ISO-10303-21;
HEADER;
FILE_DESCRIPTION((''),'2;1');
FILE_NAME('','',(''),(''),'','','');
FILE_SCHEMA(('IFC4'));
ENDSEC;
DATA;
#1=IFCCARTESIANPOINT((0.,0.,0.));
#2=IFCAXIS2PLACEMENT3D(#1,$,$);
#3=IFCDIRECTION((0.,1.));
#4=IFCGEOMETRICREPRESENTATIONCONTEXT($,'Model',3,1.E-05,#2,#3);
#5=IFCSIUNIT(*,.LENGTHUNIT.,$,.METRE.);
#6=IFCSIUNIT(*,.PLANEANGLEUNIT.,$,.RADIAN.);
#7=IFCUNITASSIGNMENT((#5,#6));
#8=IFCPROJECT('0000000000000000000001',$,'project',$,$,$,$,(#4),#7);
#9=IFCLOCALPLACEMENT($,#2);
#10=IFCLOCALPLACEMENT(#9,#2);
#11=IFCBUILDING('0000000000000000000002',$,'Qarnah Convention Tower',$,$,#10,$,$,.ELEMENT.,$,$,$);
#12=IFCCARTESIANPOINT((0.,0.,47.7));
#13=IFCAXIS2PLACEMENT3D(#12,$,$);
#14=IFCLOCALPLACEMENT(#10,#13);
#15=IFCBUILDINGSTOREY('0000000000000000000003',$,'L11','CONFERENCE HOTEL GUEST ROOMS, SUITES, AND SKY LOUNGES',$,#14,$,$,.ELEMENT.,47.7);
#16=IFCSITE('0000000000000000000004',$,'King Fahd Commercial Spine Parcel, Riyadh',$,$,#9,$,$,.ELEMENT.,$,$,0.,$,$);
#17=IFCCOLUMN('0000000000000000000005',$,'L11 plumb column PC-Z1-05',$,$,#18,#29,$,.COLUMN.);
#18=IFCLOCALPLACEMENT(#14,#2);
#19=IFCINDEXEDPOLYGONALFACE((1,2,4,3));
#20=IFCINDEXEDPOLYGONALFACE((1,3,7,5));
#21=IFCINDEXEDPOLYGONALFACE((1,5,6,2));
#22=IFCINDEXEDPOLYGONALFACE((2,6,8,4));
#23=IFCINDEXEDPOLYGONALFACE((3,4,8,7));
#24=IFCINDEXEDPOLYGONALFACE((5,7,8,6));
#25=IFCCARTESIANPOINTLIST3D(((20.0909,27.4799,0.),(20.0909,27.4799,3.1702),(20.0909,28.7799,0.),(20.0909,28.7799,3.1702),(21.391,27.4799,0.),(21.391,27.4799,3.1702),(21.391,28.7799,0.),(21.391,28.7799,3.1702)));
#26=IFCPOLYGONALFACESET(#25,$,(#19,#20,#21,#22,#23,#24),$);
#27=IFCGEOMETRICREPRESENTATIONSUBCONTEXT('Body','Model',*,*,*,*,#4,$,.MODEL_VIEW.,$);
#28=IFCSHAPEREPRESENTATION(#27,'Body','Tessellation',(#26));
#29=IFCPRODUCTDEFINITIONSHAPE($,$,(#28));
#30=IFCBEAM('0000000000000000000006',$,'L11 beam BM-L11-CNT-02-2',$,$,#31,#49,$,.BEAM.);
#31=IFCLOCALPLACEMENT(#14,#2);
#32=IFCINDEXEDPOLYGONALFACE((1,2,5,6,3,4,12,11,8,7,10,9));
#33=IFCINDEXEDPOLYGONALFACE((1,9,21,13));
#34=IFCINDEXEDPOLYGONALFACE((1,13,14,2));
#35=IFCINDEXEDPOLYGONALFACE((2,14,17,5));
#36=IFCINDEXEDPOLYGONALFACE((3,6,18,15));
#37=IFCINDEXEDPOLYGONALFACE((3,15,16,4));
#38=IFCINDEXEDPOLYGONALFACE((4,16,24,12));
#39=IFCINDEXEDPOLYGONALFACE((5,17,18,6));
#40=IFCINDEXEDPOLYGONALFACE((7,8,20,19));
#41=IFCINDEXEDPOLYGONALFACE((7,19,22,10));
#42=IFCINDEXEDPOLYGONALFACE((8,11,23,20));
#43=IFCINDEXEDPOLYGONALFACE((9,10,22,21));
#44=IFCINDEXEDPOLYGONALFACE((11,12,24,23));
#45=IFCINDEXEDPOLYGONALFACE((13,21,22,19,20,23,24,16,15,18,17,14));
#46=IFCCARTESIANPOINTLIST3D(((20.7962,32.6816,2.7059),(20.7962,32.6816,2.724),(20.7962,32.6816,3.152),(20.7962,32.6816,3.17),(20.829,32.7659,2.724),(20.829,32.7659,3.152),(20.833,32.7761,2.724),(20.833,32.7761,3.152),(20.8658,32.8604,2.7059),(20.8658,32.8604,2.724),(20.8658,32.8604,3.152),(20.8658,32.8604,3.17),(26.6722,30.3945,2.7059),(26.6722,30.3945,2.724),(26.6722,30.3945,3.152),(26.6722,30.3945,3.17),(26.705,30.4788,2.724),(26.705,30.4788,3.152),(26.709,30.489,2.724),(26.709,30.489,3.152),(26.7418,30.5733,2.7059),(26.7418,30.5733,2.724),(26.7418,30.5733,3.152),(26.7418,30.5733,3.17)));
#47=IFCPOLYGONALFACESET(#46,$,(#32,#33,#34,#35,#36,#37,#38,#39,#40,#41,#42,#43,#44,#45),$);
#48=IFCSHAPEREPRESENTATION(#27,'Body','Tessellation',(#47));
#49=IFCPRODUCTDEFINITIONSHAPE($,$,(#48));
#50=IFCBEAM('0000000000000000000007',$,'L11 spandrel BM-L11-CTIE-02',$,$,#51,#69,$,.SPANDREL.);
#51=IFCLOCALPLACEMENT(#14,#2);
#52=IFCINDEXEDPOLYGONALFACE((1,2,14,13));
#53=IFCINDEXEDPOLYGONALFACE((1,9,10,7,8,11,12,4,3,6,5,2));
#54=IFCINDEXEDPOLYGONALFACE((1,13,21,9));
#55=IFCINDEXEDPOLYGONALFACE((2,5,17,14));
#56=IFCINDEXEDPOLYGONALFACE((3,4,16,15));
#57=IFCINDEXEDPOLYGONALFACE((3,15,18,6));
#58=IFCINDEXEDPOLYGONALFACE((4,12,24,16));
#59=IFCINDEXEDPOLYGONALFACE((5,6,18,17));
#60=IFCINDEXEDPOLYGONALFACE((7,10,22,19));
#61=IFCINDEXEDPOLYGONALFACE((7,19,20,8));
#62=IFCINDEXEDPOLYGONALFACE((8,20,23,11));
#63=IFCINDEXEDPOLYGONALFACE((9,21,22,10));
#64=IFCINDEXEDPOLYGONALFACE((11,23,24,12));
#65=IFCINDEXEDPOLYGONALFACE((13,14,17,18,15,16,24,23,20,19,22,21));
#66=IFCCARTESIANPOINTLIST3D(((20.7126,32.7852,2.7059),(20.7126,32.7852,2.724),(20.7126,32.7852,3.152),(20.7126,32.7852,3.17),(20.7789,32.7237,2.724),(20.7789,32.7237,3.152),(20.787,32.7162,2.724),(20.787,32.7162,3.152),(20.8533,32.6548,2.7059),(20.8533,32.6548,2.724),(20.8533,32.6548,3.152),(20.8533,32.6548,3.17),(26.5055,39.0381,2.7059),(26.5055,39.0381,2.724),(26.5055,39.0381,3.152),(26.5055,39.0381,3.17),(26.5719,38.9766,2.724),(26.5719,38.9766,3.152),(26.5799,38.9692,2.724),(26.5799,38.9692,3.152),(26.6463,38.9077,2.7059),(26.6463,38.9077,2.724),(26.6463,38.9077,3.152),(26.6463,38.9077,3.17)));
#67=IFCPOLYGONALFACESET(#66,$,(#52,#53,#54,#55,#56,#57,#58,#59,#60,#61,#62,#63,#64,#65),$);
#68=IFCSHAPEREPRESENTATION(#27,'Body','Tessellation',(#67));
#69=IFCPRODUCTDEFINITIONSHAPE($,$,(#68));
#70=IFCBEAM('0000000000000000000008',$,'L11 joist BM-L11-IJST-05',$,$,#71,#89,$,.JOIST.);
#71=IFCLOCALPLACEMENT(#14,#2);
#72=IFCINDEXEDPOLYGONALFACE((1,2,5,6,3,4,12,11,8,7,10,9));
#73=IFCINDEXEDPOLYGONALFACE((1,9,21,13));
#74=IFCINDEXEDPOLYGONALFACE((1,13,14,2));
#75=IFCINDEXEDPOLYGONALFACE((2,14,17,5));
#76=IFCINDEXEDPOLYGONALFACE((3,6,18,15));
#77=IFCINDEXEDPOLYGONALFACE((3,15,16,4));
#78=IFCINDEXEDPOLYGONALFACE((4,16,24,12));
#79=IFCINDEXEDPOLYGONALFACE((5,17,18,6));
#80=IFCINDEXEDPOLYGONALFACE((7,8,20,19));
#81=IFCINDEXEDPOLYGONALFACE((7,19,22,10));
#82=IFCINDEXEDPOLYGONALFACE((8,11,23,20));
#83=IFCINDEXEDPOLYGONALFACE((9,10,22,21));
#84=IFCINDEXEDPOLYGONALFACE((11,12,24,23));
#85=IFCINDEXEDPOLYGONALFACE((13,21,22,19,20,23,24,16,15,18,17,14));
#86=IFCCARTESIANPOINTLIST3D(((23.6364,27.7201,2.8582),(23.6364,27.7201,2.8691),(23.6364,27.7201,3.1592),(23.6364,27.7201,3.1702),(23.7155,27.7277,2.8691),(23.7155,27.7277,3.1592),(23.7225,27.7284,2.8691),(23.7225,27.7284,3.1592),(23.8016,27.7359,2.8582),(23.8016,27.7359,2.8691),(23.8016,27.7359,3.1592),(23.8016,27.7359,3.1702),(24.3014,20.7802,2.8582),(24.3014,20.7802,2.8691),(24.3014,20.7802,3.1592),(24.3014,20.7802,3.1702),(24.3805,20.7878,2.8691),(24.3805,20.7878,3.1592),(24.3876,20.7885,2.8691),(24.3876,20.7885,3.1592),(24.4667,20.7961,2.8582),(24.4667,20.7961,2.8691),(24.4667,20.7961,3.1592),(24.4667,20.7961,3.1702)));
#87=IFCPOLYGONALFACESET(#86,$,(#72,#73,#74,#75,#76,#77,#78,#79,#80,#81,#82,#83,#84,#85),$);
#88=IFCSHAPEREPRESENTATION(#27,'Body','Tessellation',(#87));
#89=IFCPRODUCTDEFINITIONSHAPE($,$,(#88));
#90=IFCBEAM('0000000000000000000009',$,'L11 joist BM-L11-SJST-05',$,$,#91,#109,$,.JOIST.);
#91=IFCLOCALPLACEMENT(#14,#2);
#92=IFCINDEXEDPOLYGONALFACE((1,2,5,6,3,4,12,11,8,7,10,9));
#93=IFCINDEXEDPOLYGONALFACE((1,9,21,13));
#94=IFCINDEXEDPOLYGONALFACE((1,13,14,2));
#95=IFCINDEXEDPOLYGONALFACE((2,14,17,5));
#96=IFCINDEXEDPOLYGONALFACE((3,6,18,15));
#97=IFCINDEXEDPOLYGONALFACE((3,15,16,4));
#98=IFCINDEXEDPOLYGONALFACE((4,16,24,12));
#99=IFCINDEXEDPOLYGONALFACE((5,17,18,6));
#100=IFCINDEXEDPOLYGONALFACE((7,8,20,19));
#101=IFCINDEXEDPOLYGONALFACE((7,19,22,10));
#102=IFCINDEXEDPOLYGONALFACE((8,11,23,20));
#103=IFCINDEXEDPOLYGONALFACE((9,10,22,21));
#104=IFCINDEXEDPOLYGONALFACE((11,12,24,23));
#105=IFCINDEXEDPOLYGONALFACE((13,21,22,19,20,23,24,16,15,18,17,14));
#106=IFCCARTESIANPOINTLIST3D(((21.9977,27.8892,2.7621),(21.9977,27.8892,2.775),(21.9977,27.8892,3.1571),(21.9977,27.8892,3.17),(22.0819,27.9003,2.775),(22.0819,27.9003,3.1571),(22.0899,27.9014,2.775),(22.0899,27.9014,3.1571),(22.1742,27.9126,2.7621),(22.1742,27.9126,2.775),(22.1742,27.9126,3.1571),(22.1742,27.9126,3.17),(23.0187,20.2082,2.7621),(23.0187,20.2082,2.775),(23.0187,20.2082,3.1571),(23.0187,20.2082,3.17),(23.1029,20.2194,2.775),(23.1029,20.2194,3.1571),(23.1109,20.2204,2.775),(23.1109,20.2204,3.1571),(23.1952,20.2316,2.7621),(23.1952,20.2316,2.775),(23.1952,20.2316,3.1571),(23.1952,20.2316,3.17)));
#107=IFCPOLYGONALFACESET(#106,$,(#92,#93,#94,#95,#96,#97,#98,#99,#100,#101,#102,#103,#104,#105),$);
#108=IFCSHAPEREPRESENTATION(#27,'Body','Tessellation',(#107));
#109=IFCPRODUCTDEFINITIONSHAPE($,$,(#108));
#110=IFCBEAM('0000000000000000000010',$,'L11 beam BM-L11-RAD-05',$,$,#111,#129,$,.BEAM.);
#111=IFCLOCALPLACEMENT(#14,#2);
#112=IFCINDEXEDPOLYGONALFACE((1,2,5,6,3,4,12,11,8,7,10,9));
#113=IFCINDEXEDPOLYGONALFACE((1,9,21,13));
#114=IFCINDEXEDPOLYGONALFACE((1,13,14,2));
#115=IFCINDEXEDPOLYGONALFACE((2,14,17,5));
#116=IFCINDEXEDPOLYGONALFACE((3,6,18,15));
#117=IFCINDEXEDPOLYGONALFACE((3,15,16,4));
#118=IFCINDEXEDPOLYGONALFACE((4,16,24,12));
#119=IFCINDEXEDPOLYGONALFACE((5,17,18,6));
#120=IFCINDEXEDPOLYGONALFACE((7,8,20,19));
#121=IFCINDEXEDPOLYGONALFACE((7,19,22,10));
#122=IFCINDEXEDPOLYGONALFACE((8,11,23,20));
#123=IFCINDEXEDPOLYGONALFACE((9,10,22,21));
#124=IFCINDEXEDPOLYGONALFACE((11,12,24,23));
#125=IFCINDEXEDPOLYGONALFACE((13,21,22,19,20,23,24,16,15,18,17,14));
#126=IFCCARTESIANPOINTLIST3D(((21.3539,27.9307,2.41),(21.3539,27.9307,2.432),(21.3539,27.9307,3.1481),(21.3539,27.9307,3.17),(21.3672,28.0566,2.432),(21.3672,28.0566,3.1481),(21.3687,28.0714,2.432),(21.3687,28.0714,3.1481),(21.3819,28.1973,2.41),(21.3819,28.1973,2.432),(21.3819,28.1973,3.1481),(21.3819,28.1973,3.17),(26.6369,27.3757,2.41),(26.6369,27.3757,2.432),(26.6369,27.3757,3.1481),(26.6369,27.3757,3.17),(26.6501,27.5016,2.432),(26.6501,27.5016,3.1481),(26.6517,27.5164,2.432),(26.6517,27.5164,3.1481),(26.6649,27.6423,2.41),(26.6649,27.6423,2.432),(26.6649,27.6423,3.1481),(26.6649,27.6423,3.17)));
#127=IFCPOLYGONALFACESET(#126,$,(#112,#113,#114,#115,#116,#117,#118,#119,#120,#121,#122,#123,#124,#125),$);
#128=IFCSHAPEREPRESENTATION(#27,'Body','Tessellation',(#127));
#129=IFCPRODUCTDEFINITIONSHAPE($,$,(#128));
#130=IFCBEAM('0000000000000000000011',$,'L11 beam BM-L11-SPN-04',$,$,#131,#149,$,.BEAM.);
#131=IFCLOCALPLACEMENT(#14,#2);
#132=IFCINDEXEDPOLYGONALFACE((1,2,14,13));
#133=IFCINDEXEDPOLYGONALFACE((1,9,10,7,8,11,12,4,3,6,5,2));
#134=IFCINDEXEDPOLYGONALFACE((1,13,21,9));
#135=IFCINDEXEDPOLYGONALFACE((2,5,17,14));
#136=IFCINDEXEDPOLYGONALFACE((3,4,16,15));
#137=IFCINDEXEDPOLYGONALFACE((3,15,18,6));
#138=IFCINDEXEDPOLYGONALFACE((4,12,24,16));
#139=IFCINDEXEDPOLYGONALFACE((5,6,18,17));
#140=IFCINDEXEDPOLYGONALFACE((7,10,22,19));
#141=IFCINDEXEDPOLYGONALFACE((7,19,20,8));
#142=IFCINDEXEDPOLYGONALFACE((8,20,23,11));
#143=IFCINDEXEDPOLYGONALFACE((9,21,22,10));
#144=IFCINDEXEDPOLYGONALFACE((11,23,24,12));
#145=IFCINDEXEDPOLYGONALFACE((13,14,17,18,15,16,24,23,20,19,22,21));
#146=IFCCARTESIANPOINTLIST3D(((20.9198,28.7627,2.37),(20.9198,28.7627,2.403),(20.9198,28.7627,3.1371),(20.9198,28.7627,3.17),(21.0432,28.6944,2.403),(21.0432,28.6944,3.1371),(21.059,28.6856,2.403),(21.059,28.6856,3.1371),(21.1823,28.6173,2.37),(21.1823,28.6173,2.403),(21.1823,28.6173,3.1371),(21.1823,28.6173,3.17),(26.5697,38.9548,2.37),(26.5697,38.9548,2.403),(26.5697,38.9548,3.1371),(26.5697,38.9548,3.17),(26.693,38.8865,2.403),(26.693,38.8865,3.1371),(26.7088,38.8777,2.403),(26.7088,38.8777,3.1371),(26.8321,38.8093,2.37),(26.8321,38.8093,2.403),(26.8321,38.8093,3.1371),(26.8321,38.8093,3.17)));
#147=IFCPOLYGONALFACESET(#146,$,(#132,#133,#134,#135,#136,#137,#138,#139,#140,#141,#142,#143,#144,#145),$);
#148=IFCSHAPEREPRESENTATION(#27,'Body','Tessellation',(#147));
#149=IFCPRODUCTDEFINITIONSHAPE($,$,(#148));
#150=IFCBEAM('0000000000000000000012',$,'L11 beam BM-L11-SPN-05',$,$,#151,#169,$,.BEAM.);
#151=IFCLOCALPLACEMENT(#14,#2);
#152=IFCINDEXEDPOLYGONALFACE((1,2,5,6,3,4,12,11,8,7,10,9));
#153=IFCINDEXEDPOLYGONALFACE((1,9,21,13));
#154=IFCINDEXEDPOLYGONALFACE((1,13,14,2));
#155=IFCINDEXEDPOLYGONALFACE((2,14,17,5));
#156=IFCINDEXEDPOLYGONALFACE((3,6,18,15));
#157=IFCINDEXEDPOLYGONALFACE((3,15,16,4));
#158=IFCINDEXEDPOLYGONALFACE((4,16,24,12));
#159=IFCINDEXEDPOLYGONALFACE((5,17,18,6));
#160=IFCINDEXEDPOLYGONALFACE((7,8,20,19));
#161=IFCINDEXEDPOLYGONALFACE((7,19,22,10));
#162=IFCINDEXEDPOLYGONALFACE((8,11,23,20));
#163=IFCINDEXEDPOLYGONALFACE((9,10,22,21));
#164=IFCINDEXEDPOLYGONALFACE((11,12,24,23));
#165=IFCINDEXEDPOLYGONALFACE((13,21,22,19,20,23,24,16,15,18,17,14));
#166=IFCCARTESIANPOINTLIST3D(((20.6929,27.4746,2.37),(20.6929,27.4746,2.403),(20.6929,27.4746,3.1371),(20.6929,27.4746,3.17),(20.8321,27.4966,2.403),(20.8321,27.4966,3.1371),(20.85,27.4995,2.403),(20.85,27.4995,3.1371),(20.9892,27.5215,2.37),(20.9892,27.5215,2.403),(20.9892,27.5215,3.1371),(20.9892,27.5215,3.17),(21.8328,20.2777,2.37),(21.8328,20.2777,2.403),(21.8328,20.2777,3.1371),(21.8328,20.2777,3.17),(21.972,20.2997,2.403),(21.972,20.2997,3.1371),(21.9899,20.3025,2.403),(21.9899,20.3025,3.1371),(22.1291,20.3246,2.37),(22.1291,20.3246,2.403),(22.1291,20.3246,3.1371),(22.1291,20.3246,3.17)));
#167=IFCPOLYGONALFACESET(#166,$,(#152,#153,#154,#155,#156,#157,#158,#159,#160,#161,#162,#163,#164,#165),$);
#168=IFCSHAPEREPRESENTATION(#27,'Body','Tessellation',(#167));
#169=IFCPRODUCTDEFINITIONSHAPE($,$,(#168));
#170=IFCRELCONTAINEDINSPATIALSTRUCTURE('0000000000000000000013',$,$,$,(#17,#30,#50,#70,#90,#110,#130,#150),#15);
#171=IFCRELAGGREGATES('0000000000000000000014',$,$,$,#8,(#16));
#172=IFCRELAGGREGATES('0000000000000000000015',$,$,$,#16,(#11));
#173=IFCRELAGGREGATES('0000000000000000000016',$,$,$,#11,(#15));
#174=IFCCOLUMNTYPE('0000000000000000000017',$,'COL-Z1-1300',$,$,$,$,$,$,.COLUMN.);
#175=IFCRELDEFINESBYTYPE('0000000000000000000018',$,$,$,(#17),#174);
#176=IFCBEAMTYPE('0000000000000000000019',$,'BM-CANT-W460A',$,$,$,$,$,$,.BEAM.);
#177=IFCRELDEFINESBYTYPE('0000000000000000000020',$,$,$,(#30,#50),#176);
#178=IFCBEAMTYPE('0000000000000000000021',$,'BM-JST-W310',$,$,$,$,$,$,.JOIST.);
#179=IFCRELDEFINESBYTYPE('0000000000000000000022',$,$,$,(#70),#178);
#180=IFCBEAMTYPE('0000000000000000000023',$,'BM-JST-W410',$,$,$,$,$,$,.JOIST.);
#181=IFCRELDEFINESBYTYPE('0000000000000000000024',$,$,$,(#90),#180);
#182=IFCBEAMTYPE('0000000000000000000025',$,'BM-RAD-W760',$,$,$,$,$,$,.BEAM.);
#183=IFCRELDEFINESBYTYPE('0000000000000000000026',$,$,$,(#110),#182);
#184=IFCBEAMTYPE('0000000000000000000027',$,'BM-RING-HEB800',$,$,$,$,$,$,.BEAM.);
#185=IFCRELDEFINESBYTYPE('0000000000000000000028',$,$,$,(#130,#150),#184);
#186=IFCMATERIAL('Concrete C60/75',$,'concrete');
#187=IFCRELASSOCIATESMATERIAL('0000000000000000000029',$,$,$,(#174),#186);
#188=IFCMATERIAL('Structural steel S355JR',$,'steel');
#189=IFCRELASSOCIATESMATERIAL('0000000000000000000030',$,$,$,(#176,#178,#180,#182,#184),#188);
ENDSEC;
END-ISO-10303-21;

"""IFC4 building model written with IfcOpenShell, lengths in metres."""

from ifc_helpers import new_model, si_unit, direction, frame, origin, origin_2d, place, context, subcontext, project, spatial, rectangle, i_section, extrude, material, material_profile, profile_set, type_object, element, save


model = new_model("IFC4")

# Units and contexts
model_context = context("Model", 3, precision=1e-05, world=origin(), true_north=direction((0.0, 1.0)))
body_context = subcontext(model_context, "Body", "Model", "MODEL_VIEW")
ifc_project = project(units=[si_unit("LENGTHUNIT", "METRE"), si_unit("PLANEANGLEUNIT", "RADIAN")], contexts=[model_context])

# Site, building, storey
site_placement = place(None, origin())
site = spatial("IfcSite", under=ifc_project, at=site_placement, Name="King Fahd Commercial Spine Parcel, Riyadh", CompositionType="ELEMENT", RefElevation=0.0)
building_placement = place(site_placement, origin())
building = spatial("IfcBuilding", under=site, at=building_placement, Name="Qarnah Convention Tower", CompositionType="ELEMENT")
storey_placement = place(building_placement, frame((0.0, 0.0, 47.7)))
storey = spatial("IfcBuildingStorey", under=building, at=storey_placement, Name="L11", Description="CONFERENCE HOTEL GUEST ROOMS, SUITES, AND SKY LOUNGES", CompositionType="ELEMENT", Elevation=47.7)

# Column
ifc_material_1 = material(Name="Concrete C60/75", Category="concrete")
ifc_material_profile_1 = material_profile(ifc_material_1, rectangle(XDim=1.3, YDim=1.3, at=origin_2d()), Name="RC-COL-1300X1300")
ifc_profile_set_1 = profile_set([ifc_material_profile_1], Name="Concrete C60/75")
column_type = type_object("IfcColumnType", Name="COL-Z1-1300", PredefinedType="COLUMN", material=ifc_profile_set_1)
column_placement = place(storey_placement, frame((20.741, 28.1299, 0.0), z_axis=(0.0, 0.0, 1.0), x_axis=(1.0, 0.0, 0.0)))
element("IfcColumn", 1, at=column_placement, inside=storey, type_object=column_type, Name="L11 plumb column PC-Z1-05", PredefinedType="COLUMN", context=body_context, shape_type="SweptSolid", body=[
    extrude(rectangle(XDim=1.3, YDim=1.3, at=origin_2d()), origin(), (0.0, 0.0, 1.0), 3.1702),
])

# Beams
ifc_material_2 = material(Name="Structural steel S355JR", Category="steel")
ifc_material_profile_2 = material_profile(ifc_material_2, i_section(OverallWidth=0.1919, OverallDepth=0.4641, WebThickness=0.011, FlangeThickness=0.0181, at=origin_2d()), Name="W460X89")
ifc_profile_set_2 = profile_set([ifc_material_profile_2], Name="Structural steel S355JR")
beam_type_1 = type_object("IfcBeamType", Name="BM-CANT-W460A", PredefinedType="BEAM", material=ifc_profile_set_2)
beam_1_placement = place(storey_placement, frame((26.707, 30.4839, 2.938), z_axis=(-0.931897, 0.362723, 0.0), x_axis=(-0.362723, -0.931897, 0.0)))
element("IfcBeam", 2, at=beam_1_placement, inside=storey, type_object=beam_type_1, Name="L11 beam BM-L11-CNT-02-2", PredefinedType="BEAM", context=body_context, shape_type="SweptSolid", body=[
    extrude(i_section(OverallWidth=0.1919, OverallDepth=0.4641, WebThickness=0.011, FlangeThickness=0.0181, at=origin_2d()), origin(), (0.0, 0.0, 1.0), 6.3054),
])
beam_2_placement = place(storey_placement, frame((20.783, 32.72, 2.938), z_axis=(0.679611, 0.733572, 0.0), x_axis=(-0.733572, 0.679611, 0.0)))
element("IfcBeam", 3, at=beam_2_placement, inside=storey, type_object=beam_type_1, Name="L11 spandrel BM-L11-CTIE-02", PredefinedType="SPANDREL", context=body_context, shape_type="SweptSolid", body=[
    extrude(i_section(OverallWidth=0.1919, OverallDepth=0.4641, WebThickness=0.011, FlangeThickness=0.0181, at=origin_2d()), origin(), (0.0, 0.0, 1.0), 8.5239),
])
ifc_material_profile_3 = material_profile(ifc_material_2, i_section(OverallWidth=0.166, OverallDepth=0.312, WebThickness=0.0071, FlangeThickness=0.011, at=origin_2d()), Name="W310X45")
ifc_profile_set_3 = profile_set([ifc_material_profile_3], Name="Structural steel S355JR")
beam_type_2 = type_object("IfcBeamType", Name="BM-JST-W310", PredefinedType="JOIST", material=ifc_profile_set_3)
beam_3_placement = place(storey_placement, frame((23.719, 27.728, 3.0142), z_axis=(0.095391, -0.99544, 0.0), x_axis=(0.99544, 0.095391, 0.0)))
element("IfcBeam", 4, at=beam_3_placement, inside=storey, type_object=beam_type_2, Name="L11 joist BM-L11-IJST-05", PredefinedType="JOIST", context=body_context, shape_type="SweptSolid", body=[
    extrude(i_section(OverallWidth=0.166, OverallDepth=0.312, WebThickness=0.0071, FlangeThickness=0.011, at=origin_2d()), origin(), (0.0, 0.0, 1.0), 6.9717),
])
ifc_material_profile_4 = material_profile(ifc_material_2, i_section(OverallWidth=0.178, OverallDepth=0.408, WebThickness=0.0081, FlangeThickness=0.0129, at=origin_2d()), Name="W410X60")
ifc_profile_set_4 = profile_set([ifc_material_profile_4], Name="Structural steel S355JR")
beam_type_3 = type_object("IfcBeamType", Name="BM-JST-W410", PredefinedType="JOIST", material=ifc_profile_set_4)
beam_4_placement = place(storey_placement, frame((22.0859, 27.9009, 2.9661), z_axis=(0.131767, -0.991281, 0.0), x_axis=(0.991281, 0.131767, 0.0)))
element("IfcBeam", 5, at=beam_4_placement, inside=storey, type_object=beam_type_3, Name="L11 joist BM-L11-SJST-05", PredefinedType="JOIST", context=body_context, shape_type="SweptSolid", body=[
    extrude(i_section(OverallWidth=0.178, OverallDepth=0.408, WebThickness=0.0081, FlangeThickness=0.0129, at=origin_2d()), origin(), (0.0, 0.0, 1.0), 7.7485),
])
ifc_material_profile_5 = material_profile(ifc_material_2, i_section(OverallWidth=0.2681, OverallDepth=0.76, WebThickness=0.0149, FlangeThickness=0.022, at=origin_2d()), Name="W760X185")
ifc_profile_set_5 = profile_set([ifc_material_profile_5], Name="Structural steel S355JR")
beam_type_4 = type_object("IfcBeamType", Name="BM-RAD-W760", PredefinedType="BEAM", material=ifc_profile_set_5)
beam_5_placement = place(storey_placement, frame((26.6509, 27.509, 2.79), z_axis=(-0.994528, 0.104467, 0.0), x_axis=(-0.104467, -0.994528, 0.0)))
element("IfcBeam", 6, at=beam_5_placement, inside=storey, type_object=beam_type_4, Name="L11 beam BM-L11-RAD-05", PredefinedType="BEAM", context=body_context, shape_type="SweptSolid", body=[
    extrude(i_section(OverallWidth=0.2681, OverallDepth=0.76, WebThickness=0.0149, FlangeThickness=0.022, at=origin_2d()), origin(), (0.0, 0.0, 1.0), 5.312),
])
ifc_material_profile_6 = material_profile(ifc_material_2, i_section(OverallWidth=0.3, OverallDepth=0.8, WebThickness=0.0181, FlangeThickness=0.033, at=origin_2d()), Name="HEB800")
ifc_profile_set_6 = profile_set([ifc_material_profile_6], Name="Structural steel S355JR")
beam_type_5 = type_object("IfcBeamType", Name="BM-RING-HEB800", PredefinedType="BEAM", material=ifc_profile_set_6)
beam_6_placement = place(storey_placement, frame((26.7009, 38.8821, 2.77), z_axis=(-0.48483, -0.874609, 0.0), x_axis=(0.874609, -0.48483, 0.0)))
element("IfcBeam", 7, at=beam_6_placement, inside=storey, type_object=beam_type_5, Name="L11 beam BM-L11-SPN-04", PredefinedType="BEAM", context=body_context, shape_type="SweptSolid", body=[
    extrude(i_section(OverallWidth=0.3, OverallDepth=0.8, WebThickness=0.0181, FlangeThickness=0.033, at=origin_2d()), origin(), (0.0, 0.0, 1.0), 11.6533),
])
beam_7_placement = place(storey_placement, frame((20.8411, 27.498, 2.77), z_axis=(0.156434, -0.987688, 0.0), x_axis=(0.987688, 0.156434, 0.0)))
element("IfcBeam", 8, at=beam_7_placement, inside=storey, type_object=beam_type_5, Name="L11 beam BM-L11-SPN-05", PredefinedType="BEAM", context=body_context, shape_type="SweptSolid", body=[
    extrude(i_section(OverallWidth=0.3, OverallDepth=0.8, WebThickness=0.0181, FlangeThickness=0.033, at=origin_2d()), origin(), (0.0, 0.0, 1.0), 7.2866),
])

save(model, "model.ifc")
